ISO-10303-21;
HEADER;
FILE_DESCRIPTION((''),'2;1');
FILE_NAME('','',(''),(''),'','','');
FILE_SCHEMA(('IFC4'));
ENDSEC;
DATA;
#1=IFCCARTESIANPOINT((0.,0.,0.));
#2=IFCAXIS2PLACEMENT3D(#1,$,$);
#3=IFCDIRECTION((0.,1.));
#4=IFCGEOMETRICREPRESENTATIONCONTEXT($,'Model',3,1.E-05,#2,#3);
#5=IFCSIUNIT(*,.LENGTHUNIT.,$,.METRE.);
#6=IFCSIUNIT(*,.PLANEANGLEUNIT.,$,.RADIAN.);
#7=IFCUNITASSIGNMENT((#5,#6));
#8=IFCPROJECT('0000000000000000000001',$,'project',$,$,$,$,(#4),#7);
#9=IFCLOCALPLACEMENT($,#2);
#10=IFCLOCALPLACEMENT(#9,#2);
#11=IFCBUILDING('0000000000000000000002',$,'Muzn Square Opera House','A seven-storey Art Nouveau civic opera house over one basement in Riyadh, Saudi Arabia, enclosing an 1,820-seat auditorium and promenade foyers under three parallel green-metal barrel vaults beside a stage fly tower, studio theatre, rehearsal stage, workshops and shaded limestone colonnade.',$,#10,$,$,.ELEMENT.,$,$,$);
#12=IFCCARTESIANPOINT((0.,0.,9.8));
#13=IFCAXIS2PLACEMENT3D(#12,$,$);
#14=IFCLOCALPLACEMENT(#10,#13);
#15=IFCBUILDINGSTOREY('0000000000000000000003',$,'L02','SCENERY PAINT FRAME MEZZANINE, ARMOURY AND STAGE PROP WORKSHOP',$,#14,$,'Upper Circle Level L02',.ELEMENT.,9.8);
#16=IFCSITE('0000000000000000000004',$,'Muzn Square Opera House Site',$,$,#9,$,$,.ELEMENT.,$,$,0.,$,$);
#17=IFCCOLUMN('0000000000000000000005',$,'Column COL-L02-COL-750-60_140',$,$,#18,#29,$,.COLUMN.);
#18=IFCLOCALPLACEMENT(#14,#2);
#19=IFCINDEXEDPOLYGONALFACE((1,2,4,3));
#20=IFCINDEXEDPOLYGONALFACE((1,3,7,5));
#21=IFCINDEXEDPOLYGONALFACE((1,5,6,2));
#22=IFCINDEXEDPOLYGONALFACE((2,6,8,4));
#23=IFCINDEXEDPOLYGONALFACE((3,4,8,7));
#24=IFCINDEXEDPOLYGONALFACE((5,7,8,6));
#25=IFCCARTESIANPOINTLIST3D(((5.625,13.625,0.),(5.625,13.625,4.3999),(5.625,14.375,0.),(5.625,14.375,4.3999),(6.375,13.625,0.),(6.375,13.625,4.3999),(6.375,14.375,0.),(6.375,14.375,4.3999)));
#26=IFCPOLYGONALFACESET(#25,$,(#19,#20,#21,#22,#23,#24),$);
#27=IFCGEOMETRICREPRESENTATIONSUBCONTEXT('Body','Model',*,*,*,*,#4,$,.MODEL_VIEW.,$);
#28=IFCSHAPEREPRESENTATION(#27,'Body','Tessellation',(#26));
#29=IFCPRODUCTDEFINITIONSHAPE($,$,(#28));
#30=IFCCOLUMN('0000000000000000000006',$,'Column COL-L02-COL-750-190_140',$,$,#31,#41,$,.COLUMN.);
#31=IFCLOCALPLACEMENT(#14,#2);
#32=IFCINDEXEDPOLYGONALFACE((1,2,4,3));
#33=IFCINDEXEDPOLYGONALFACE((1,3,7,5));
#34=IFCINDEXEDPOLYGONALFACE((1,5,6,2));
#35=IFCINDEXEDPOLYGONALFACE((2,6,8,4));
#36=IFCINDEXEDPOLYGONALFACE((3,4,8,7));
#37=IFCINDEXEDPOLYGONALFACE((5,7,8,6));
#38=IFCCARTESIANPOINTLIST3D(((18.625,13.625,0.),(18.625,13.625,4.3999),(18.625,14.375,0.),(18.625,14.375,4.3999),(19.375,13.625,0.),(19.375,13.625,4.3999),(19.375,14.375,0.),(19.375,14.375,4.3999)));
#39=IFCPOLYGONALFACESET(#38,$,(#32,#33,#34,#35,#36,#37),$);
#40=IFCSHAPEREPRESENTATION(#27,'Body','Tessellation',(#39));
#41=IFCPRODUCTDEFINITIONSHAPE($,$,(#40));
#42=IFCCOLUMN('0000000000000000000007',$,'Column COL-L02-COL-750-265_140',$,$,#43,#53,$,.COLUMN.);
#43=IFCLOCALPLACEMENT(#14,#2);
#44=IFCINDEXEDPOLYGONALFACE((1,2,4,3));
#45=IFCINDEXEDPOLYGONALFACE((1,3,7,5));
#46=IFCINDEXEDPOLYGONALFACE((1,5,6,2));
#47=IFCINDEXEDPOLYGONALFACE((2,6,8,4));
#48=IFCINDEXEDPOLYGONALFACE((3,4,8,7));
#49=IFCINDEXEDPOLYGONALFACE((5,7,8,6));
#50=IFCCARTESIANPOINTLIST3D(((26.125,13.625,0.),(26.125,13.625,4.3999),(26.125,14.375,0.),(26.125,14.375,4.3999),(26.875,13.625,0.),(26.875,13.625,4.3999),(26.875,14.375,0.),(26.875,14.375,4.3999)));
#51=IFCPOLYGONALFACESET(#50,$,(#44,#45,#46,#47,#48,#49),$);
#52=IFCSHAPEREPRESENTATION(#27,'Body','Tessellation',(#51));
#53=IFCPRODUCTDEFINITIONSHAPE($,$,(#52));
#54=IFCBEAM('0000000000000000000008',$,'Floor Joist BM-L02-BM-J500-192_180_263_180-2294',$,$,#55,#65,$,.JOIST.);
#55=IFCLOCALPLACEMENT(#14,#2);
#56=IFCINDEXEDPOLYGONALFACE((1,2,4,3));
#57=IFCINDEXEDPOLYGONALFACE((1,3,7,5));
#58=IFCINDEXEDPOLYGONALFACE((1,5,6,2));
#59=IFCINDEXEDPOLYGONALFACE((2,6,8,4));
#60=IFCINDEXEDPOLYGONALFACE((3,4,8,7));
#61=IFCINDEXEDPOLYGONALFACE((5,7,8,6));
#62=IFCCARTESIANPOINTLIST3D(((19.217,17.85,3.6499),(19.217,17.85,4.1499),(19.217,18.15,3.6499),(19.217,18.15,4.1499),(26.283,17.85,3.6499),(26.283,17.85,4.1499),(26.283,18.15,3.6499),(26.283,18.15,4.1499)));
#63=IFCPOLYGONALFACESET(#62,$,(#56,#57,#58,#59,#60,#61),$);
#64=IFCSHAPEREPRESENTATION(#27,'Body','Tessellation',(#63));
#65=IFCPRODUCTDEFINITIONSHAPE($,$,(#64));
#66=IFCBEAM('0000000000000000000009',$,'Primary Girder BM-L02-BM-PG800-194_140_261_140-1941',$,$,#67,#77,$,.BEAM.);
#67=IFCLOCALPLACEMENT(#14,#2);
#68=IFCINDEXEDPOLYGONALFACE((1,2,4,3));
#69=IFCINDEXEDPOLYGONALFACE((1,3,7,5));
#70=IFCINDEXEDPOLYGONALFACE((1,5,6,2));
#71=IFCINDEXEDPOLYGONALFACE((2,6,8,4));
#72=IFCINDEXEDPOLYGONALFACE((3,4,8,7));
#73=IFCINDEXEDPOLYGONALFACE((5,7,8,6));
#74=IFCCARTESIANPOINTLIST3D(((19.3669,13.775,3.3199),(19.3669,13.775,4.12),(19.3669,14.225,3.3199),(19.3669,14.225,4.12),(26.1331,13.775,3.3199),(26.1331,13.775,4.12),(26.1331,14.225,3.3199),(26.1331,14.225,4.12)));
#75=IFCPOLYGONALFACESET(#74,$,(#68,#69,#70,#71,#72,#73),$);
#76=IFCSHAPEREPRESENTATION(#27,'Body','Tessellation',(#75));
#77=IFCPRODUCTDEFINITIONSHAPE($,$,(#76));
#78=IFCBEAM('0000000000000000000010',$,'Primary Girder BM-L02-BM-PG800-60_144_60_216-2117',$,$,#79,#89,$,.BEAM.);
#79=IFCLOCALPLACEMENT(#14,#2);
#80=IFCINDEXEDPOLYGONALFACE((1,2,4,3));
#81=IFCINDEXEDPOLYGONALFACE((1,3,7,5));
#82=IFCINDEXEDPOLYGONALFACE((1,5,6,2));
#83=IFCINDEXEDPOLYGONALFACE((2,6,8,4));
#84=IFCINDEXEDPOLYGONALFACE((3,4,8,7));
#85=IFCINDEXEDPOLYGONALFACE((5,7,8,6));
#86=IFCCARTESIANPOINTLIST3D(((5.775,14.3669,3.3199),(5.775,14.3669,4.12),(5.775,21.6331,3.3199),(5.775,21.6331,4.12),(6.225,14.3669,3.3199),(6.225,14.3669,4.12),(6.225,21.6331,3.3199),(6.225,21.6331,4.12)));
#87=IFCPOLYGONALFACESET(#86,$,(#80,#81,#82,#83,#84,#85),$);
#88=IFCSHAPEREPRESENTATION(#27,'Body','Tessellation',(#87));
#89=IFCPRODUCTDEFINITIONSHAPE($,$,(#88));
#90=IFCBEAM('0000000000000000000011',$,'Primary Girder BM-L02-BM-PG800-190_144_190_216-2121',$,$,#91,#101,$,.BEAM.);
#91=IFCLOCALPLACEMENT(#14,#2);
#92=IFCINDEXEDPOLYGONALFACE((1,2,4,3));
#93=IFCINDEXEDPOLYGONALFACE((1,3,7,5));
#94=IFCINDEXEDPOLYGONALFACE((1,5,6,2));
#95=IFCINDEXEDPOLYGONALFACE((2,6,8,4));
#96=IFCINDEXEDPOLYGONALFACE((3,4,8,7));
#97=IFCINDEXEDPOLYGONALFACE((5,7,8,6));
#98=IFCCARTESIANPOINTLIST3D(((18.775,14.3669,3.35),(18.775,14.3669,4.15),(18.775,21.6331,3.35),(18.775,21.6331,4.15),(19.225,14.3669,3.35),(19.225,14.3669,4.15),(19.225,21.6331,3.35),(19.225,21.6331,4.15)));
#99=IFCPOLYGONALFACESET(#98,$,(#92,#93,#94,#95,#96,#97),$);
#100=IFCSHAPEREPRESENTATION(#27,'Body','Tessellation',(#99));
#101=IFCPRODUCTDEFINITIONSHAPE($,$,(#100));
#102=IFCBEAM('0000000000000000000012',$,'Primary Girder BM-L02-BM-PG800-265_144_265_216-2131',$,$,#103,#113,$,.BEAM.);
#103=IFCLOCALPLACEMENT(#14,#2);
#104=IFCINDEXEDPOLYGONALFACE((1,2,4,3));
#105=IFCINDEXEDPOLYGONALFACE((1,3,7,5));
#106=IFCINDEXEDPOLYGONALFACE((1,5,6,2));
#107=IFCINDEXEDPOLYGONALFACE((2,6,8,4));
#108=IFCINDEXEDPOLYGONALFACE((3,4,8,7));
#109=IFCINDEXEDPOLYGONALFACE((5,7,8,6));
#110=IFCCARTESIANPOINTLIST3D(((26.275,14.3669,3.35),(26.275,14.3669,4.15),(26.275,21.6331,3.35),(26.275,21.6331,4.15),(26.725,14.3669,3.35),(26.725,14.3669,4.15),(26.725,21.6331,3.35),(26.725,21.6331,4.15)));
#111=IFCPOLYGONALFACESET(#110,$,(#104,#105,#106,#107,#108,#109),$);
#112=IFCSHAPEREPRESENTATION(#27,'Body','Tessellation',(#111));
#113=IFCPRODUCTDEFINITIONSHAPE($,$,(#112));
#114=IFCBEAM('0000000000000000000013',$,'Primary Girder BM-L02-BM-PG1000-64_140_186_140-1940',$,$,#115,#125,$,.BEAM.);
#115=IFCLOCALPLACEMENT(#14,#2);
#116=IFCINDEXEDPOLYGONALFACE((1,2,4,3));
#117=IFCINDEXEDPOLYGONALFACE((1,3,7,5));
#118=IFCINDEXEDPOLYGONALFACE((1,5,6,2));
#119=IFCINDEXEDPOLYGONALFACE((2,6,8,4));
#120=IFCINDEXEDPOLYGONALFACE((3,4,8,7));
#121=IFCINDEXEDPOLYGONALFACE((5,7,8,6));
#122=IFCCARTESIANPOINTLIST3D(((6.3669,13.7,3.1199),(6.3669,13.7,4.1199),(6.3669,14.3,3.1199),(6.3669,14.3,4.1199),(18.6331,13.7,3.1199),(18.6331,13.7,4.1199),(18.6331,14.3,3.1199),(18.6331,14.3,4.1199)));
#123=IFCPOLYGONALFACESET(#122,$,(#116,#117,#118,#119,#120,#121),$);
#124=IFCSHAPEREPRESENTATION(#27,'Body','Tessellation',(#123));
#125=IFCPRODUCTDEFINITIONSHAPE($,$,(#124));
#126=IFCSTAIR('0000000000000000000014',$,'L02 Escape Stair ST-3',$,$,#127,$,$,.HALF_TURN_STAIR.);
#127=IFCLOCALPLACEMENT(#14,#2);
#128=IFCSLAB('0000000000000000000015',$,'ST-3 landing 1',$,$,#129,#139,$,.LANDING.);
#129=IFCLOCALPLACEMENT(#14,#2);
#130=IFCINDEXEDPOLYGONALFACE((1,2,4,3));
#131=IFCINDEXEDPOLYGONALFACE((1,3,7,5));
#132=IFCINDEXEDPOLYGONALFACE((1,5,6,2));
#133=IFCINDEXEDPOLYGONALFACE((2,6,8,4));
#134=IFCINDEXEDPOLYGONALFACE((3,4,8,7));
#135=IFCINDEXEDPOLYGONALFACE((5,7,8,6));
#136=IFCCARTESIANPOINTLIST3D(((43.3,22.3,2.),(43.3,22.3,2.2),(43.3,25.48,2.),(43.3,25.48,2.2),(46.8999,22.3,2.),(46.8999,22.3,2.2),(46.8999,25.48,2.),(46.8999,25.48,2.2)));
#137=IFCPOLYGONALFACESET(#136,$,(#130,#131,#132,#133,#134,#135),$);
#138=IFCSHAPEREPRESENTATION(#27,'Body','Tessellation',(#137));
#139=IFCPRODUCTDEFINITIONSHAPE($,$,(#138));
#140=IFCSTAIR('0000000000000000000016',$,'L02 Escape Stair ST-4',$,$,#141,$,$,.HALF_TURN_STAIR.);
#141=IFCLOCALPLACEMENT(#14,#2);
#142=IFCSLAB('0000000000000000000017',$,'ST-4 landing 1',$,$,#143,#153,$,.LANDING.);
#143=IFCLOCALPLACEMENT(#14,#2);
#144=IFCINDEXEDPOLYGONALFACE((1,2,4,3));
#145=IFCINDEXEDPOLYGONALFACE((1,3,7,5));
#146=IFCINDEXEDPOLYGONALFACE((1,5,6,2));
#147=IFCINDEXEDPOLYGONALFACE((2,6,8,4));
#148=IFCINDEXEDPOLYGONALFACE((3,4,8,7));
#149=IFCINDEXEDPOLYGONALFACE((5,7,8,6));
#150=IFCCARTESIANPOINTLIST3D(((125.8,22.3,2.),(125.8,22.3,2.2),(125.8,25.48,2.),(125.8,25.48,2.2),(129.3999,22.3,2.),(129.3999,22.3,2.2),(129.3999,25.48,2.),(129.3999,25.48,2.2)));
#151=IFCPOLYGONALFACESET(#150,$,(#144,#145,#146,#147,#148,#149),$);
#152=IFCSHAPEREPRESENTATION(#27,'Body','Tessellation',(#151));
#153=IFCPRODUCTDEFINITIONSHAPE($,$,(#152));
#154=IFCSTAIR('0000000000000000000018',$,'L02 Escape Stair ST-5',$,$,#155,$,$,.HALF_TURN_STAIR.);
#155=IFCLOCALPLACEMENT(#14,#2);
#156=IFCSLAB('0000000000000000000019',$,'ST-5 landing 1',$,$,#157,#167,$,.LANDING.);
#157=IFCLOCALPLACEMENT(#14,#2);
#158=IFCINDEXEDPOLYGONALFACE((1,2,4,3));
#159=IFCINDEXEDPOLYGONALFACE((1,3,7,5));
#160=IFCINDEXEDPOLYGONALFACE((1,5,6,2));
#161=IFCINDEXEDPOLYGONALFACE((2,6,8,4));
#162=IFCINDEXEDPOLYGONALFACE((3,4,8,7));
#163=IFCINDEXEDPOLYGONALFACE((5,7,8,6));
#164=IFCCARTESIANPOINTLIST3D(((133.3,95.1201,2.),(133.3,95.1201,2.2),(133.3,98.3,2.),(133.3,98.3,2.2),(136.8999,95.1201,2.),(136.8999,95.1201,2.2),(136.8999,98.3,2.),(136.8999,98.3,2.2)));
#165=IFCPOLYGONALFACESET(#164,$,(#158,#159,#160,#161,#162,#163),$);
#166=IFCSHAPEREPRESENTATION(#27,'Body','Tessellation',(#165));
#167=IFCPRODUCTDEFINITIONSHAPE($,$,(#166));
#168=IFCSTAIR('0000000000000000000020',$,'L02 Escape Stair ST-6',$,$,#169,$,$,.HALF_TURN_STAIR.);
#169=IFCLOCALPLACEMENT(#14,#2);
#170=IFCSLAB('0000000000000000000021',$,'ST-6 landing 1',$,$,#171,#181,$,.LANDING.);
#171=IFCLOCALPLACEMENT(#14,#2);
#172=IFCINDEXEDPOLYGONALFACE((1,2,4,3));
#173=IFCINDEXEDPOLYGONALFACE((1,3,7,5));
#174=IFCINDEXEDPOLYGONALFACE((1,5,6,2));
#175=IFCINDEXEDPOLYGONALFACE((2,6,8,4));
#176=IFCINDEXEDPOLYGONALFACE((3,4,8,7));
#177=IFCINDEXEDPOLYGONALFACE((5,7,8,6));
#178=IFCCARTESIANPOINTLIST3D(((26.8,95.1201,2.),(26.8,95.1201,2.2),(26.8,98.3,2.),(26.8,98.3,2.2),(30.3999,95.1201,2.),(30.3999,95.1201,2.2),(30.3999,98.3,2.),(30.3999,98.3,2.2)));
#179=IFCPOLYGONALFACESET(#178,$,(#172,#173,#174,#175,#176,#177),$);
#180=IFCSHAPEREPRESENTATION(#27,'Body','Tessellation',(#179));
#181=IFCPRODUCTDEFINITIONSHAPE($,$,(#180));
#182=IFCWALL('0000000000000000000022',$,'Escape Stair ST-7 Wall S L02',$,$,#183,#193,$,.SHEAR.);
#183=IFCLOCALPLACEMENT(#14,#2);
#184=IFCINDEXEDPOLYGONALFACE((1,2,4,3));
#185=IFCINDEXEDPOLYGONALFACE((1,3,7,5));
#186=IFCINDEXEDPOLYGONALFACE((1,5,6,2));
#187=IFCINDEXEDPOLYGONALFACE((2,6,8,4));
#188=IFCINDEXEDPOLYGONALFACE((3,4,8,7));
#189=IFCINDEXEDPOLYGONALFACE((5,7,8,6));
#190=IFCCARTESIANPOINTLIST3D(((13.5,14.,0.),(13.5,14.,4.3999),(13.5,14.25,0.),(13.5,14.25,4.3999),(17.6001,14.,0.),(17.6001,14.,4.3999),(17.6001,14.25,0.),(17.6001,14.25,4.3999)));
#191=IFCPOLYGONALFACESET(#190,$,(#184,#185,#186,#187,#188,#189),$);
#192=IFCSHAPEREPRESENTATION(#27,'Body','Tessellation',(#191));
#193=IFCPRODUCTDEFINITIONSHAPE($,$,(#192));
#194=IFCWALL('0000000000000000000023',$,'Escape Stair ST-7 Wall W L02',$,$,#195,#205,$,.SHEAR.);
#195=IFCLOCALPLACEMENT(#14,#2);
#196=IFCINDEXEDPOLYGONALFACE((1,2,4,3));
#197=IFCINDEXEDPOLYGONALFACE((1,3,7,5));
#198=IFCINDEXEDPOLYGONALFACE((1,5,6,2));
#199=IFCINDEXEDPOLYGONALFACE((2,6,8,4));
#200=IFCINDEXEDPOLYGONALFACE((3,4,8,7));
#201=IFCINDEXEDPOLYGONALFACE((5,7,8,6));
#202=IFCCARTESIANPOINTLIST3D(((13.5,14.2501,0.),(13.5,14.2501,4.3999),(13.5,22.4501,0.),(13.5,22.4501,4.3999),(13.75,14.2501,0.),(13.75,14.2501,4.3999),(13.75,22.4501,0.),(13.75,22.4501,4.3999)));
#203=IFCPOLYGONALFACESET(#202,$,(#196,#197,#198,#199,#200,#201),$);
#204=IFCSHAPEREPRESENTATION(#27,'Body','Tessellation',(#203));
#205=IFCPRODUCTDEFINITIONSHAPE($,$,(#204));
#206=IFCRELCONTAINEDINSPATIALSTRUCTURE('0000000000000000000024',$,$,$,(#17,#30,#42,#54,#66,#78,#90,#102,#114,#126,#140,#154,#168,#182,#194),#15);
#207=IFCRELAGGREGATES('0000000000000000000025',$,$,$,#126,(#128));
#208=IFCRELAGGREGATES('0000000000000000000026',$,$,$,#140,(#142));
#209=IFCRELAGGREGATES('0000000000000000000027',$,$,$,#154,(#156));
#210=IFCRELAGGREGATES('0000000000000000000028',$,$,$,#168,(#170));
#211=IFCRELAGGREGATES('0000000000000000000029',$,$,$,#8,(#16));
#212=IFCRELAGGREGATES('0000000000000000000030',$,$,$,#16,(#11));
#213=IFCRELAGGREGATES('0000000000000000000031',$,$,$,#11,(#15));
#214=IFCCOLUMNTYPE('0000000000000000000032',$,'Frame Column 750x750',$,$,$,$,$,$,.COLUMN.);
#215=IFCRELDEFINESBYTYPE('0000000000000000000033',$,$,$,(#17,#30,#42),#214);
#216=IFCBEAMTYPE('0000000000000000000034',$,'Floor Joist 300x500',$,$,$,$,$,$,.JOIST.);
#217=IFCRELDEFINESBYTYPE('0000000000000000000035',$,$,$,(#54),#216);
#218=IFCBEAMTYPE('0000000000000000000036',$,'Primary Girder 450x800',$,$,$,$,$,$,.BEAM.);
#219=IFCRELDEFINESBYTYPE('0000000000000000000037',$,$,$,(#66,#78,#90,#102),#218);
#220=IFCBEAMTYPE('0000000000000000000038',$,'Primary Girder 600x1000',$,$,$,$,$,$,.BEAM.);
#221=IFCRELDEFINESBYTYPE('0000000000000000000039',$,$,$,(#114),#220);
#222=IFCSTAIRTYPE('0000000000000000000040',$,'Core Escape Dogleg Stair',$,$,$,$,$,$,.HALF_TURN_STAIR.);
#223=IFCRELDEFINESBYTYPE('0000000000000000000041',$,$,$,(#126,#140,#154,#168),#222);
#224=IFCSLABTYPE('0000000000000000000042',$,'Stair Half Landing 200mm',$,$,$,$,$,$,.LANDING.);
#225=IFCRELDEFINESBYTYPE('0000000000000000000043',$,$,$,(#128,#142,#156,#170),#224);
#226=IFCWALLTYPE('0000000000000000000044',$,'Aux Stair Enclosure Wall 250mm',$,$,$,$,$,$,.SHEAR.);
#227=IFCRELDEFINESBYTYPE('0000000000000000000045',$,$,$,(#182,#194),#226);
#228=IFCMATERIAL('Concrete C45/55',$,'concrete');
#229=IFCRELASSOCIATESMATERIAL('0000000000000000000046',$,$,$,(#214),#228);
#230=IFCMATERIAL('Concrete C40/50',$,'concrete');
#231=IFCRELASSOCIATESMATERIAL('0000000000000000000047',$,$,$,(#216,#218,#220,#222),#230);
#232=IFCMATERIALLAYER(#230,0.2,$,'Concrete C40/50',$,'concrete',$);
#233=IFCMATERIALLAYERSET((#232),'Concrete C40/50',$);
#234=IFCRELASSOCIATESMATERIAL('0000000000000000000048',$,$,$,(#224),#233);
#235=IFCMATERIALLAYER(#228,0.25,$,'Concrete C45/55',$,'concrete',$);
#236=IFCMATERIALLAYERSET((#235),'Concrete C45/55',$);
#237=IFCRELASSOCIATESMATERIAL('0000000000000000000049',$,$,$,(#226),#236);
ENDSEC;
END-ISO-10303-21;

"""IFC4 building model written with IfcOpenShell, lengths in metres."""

from ifc_helpers import new_model, si_unit, direction, frame, frame_2d, origin, origin_2d, place, context, subcontext, project, spatial, polyline, rectangle, outline, extrude, material, layer, layer_set, material_profile, profile_set, type_object, element, aggregate, save


model = new_model("IFC4")

# Units and contexts
model_context = context("Model", 3, precision=1e-05, world=origin(), true_north=direction((0.0, 1.0)))
body_context = subcontext(model_context, "Body", "Model", "MODEL_VIEW")
ifc_project = project(units=[si_unit("LENGTHUNIT", "METRE"), si_unit("PLANEANGLEUNIT", "RADIAN")], contexts=[model_context])

# Site, building, storey
site_placement = place(None, origin())
site = spatial("IfcSite", under=ifc_project, at=site_placement, Name="Muzn Square Opera House Site", CompositionType="ELEMENT", RefElevation=0.0)
building_placement = place(site_placement, origin())
building = spatial("IfcBuilding", under=site, at=building_placement, Name="Muzn Square Opera House", Description="A seven-storey Art Nouveau civic opera house over one basement in Riyadh, Saudi Arabia, enclosing an 1,820-seat auditorium and promenade foyers under three parallel green-metal barrel vaults beside a stage fly tower, studio theatre, rehearsal stage, workshops and shaded limestone colonnade.", CompositionType="ELEMENT")
storey_placement = place(building_placement, frame((0.0, 0.0, 9.8)))
storey = spatial("IfcBuildingStorey", under=building, at=storey_placement, Name="L02", Description="SCENERY PAINT FRAME MEZZANINE, ARMOURY AND STAGE PROP WORKSHOP", LongName="Upper Circle Level L02", CompositionType="ELEMENT", Elevation=9.8)

# Columns
ifc_material_1 = material(Name="Concrete C45/55", Category="concrete")
ifc_material_profile_1 = material_profile(ifc_material_1, rectangle(XDim=0.75, YDim=0.75, at=origin_2d()), Name="RC 750x750", Category="concrete")
ifc_profile_set_1 = profile_set([ifc_material_profile_1], Name="Concrete C45/55")
column_type = type_object("IfcColumnType", Name="Frame Column 750x750", PredefinedType="COLUMN", material=ifc_profile_set_1)
for number, where, z_axis, x_axis, name in (
    (1, (6.0, 14.0, 0.0), (0.0, 0.0, 1.0), (1.0, 0.0, 0.0), "Column COL-L02-COL-750-60_140"),
    (2, (19.0, 14.0, 0.0), (0.0, 0.0, 1.0), (1.0, 0.0, 0.0), "Column COL-L02-COL-750-190_140"),
    (3, (26.5, 14.0, 0.0), (0.0, 0.0, 1.0), (1.0, 0.0, 0.0), "Column COL-L02-COL-750-265_140"),
):
    element("IfcColumn", number, at=place(storey_placement, frame(where, z_axis=z_axis, x_axis=x_axis)), inside=storey, type_object=column_type, Name=name, PredefinedType="COLUMN", context=body_context, shape_type="SweptSolid", body=[
        extrude(rectangle(XDim=0.75, YDim=0.75, at=origin_2d()), origin(), (0.0, 0.0, 1.0), 4.3999),
    ])

# Beams
ifc_material_2 = material(Name="Concrete C40/50", Category="concrete")
ifc_material_profile_2 = material_profile(ifc_material_2, rectangle(XDim=0.3, YDim=0.5, at=origin_2d()), Name="RCJ 300x500", Category="concrete")
ifc_profile_set_2 = profile_set([ifc_material_profile_2], Name="Concrete C40/50")
beam_type_1 = type_object("IfcBeamType", Name="Floor Joist 300x500", PredefinedType="JOIST", material=ifc_profile_set_2)
beam_1_placement = place(storey_placement, frame((19.217, 18.0, 3.8999), z_axis=(1.0, 0.0, 0.0), x_axis=(0.0, 1.0, 0.0)))
element("IfcBeam", 4, at=beam_1_placement, inside=storey, type_object=beam_type_1, Name="Floor Joist BM-L02-BM-J500-192_180_263_180-2294", PredefinedType="JOIST", context=body_context, shape_type="SweptSolid", body=[
    extrude(rectangle(XDim=0.3, YDim=0.5, at=origin_2d()), origin(), (0.0, 0.0, 1.0), 7.0659),
])
ifc_material_profile_3 = material_profile(ifc_material_2, rectangle(XDim=0.45, YDim=0.8, at=origin_2d()), Name="RCB 450x800", Category="concrete")
ifc_profile_set_3 = profile_set([ifc_material_profile_3], Name="Concrete C40/50")
beam_type_2 = type_object("IfcBeamType", Name="Primary Girder 450x800", PredefinedType="BEAM", material=ifc_profile_set_3)
beam_2_placement = place(storey_placement, frame((19.3669, 14.0, 3.72), z_axis=(1.0, 0.0, 0.0), x_axis=(0.0, 1.0, 0.0)))
element("IfcBeam", 5, at=beam_2_placement, inside=storey, type_object=beam_type_2, Name="Primary Girder BM-L02-BM-PG800-194_140_261_140-1941", PredefinedType="BEAM", context=body_context, shape_type="SweptSolid", body=[
    extrude(rectangle(XDim=0.45, YDim=0.8, at=origin_2d()), origin(), (0.0, 0.0, 1.0), 6.7661),
])
for number, where, z_axis, x_axis, name in (
    (6, (6.0, 14.3669, 3.72), (0.0, 1.0, 0.0), (-1.0, 0.0, 0.0), "Primary Girder BM-L02-BM-PG800-60_144_60_216-2117"),
    (7, (19.0, 14.3669, 3.75), (0.0, 1.0, 0.0), (-1.0, 0.0, 0.0), "Primary Girder BM-L02-BM-PG800-190_144_190_216-2121"),
    (8, (26.5, 14.3669, 3.75), (0.0, 1.0, 0.0), (-1.0, 0.0, 0.0), "Primary Girder BM-L02-BM-PG800-265_144_265_216-2131"),
):
    element("IfcBeam", number, at=place(storey_placement, frame(where, z_axis=z_axis, x_axis=x_axis)), inside=storey, type_object=beam_type_2, Name=name, PredefinedType="BEAM", context=body_context, shape_type="SweptSolid", body=[
        extrude(rectangle(XDim=0.45, YDim=0.8, at=origin_2d()), origin(), (0.0, 0.0, 1.0), 7.2661),
    ])
ifc_material_profile_4 = material_profile(ifc_material_2, rectangle(XDim=0.6001, YDim=1.0, at=origin_2d()), Name="RCB 600x1000", Category="concrete")
ifc_profile_set_4 = profile_set([ifc_material_profile_4], Name="Concrete C40/50")
beam_type_3 = type_object("IfcBeamType", Name="Primary Girder 600x1000", PredefinedType="BEAM", material=ifc_profile_set_4)
beam_3_placement = place(storey_placement, frame((6.3669, 14.0, 3.6199), z_axis=(1.0, 0.0, 0.0), x_axis=(0.0, 1.0, 0.0)))
element("IfcBeam", 9, at=beam_3_placement, inside=storey, type_object=beam_type_3, Name="Primary Girder BM-L02-BM-PG1000-64_140_186_140-1940", PredefinedType="BEAM", context=body_context, shape_type="SweptSolid", body=[
    extrude(rectangle(XDim=0.6001, YDim=1.0, at=origin_2d()), origin(), (0.0, 0.0, 1.0), 12.2661),
])

# Stairs, slabs
stair_type = type_object("IfcStairType", Name="Core Escape Dogleg Stair", PredefinedType="HALF_TURN_STAIR", material=ifc_material_2)
stair_1_placement = place(storey_placement, origin())
stair_1 = element("IfcStair", 10, at=stair_1_placement, inside=storey, type_object=stair_type, Name="L02 Escape Stair ST-3", PredefinedType="HALF_TURN_STAIR")
ifc_layer_1 = layer(ifc_material_2, 0.2, Name="Concrete C40/50", Category="concrete")
ifc_layer_set_1 = layer_set([ifc_layer_1], Name="Concrete C40/50")
slab_type = type_object("IfcSlabType", Name="Stair Half Landing 200mm", PredefinedType="LANDING", material=ifc_layer_set_1)
slab_1_placement = place(storey_placement, frame((0.0, 0.0, 2.0)))
slab_1 = element("IfcSlab", 11, at=slab_1_placement, type_object=slab_type, Name="ST-3 landing 1", PredefinedType="LANDING", context=body_context, shape_type="SweptSolid", body=[
    extrude(outline(polyline([(43.3, 25.48), (43.3, 22.3), (46.8999, 22.3), (46.8999, 25.48), (43.3, 25.48)])), origin(), (0.0, 0.0, 1.0), 0.2),
])
aggregate(stair_1, [slab_1])
stair_2_placement = place(storey_placement, origin())
stair_2 = element("IfcStair", 12, at=stair_2_placement, inside=storey, type_object=stair_type, Name="L02 Escape Stair ST-4", PredefinedType="HALF_TURN_STAIR")
slab_2_placement = place(storey_placement, frame((0.0, 0.0, 2.0)))
slab_2 = element("IfcSlab", 13, at=slab_2_placement, type_object=slab_type, Name="ST-4 landing 1", PredefinedType="LANDING", context=body_context, shape_type="SweptSolid", body=[
    extrude(outline(polyline([(125.8, 25.48), (125.8, 22.3), (129.3999, 22.3), (129.3999, 25.48), (125.8, 25.48)])), origin(), (0.0, 0.0, 1.0), 0.2),
])
aggregate(stair_2, [slab_2])
stair_3_placement = place(storey_placement, origin())
stair_3 = element("IfcStair", 14, at=stair_3_placement, inside=storey, type_object=stair_type, Name="L02 Escape Stair ST-5", PredefinedType="HALF_TURN_STAIR")
slab_3_placement = place(storey_placement, frame((0.0, 0.0, 2.0)))
slab_3 = element("IfcSlab", 15, at=slab_3_placement, type_object=slab_type, Name="ST-5 landing 1", PredefinedType="LANDING", context=body_context, shape_type="SweptSolid", body=[
    extrude(outline(polyline([(136.8999, 95.1201), (136.8999, 98.3), (133.3, 98.3), (133.3, 95.1201), (136.8999, 95.1201)])), origin(), (0.0, 0.0, 1.0), 0.2),
])
aggregate(stair_3, [slab_3])
stair_4_placement = place(storey_placement, origin())
stair_4 = element("IfcStair", 16, at=stair_4_placement, inside=storey, type_object=stair_type, Name="L02 Escape Stair ST-6", PredefinedType="HALF_TURN_STAIR")
slab_4_placement = place(storey_placement, frame((0.0, 0.0, 2.0)))
slab_4 = element("IfcSlab", 17, at=slab_4_placement, type_object=slab_type, Name="ST-6 landing 1", PredefinedType="LANDING", context=body_context, shape_type="SweptSolid", body=[
    extrude(outline(polyline([(30.3999, 95.1201), (30.3999, 98.3), (26.8, 98.3), (26.8, 95.1201), (30.3999, 95.1201)])), origin(), (0.0, 0.0, 1.0), 0.2),
])
aggregate(stair_4, [slab_4])

# Walls
ifc_layer_2 = layer(ifc_material_1, 0.25, Name="Concrete C45/55", Category="concrete")
ifc_layer_set_2 = layer_set([ifc_layer_2], Name="Concrete C45/55")
wall_type_1 = type_object("IfcWallType", Name="Aux Stair Enclosure Wall 250mm", PredefinedType="SHEAR", material=ifc_layer_set_2)
wall_1_placement = place(storey_placement, frame((13.5, 14.125, 0.0), z_axis=(0.0, 0.0, 1.0), x_axis=(1.0, 0.0, 0.0)))
element("IfcWall", 18, at=wall_1_placement, inside=storey, type_object=wall_type_1, Name="Escape Stair ST-7 Wall S L02", PredefinedType="SHEAR", context=body_context, shape_type="SweptSolid", body=[
    extrude(rectangle(XDim=4.1001, YDim=0.25, at=frame_2d((2.05, 0.0))), origin(), (0.0, 0.0, 1.0), 4.3999),
])
for number, where, z_axis, x_axis, name in (
    (19, (13.625, 14.25, 0.0), (0.0, 0.0, 1.0), (0.0, 1.0, 0.0), "Escape Stair ST-7 Wall W L02"),
):
    element("IfcWall", number, at=place(storey_placement, frame(where, z_axis=z_axis, x_axis=x_axis)), inside=storey, type_object=wall_type_1, Name=name, PredefinedType="SHEAR", context=body_context, shape_type="SweptSolid", body=[
        extrude(rectangle(XDim=8.2, YDim=0.25, at=frame_2d((4.1001, 0.0))), origin(), (0.0, 0.0, 1.0), 4.3999),
    ])

save(model, "model.ifc")
